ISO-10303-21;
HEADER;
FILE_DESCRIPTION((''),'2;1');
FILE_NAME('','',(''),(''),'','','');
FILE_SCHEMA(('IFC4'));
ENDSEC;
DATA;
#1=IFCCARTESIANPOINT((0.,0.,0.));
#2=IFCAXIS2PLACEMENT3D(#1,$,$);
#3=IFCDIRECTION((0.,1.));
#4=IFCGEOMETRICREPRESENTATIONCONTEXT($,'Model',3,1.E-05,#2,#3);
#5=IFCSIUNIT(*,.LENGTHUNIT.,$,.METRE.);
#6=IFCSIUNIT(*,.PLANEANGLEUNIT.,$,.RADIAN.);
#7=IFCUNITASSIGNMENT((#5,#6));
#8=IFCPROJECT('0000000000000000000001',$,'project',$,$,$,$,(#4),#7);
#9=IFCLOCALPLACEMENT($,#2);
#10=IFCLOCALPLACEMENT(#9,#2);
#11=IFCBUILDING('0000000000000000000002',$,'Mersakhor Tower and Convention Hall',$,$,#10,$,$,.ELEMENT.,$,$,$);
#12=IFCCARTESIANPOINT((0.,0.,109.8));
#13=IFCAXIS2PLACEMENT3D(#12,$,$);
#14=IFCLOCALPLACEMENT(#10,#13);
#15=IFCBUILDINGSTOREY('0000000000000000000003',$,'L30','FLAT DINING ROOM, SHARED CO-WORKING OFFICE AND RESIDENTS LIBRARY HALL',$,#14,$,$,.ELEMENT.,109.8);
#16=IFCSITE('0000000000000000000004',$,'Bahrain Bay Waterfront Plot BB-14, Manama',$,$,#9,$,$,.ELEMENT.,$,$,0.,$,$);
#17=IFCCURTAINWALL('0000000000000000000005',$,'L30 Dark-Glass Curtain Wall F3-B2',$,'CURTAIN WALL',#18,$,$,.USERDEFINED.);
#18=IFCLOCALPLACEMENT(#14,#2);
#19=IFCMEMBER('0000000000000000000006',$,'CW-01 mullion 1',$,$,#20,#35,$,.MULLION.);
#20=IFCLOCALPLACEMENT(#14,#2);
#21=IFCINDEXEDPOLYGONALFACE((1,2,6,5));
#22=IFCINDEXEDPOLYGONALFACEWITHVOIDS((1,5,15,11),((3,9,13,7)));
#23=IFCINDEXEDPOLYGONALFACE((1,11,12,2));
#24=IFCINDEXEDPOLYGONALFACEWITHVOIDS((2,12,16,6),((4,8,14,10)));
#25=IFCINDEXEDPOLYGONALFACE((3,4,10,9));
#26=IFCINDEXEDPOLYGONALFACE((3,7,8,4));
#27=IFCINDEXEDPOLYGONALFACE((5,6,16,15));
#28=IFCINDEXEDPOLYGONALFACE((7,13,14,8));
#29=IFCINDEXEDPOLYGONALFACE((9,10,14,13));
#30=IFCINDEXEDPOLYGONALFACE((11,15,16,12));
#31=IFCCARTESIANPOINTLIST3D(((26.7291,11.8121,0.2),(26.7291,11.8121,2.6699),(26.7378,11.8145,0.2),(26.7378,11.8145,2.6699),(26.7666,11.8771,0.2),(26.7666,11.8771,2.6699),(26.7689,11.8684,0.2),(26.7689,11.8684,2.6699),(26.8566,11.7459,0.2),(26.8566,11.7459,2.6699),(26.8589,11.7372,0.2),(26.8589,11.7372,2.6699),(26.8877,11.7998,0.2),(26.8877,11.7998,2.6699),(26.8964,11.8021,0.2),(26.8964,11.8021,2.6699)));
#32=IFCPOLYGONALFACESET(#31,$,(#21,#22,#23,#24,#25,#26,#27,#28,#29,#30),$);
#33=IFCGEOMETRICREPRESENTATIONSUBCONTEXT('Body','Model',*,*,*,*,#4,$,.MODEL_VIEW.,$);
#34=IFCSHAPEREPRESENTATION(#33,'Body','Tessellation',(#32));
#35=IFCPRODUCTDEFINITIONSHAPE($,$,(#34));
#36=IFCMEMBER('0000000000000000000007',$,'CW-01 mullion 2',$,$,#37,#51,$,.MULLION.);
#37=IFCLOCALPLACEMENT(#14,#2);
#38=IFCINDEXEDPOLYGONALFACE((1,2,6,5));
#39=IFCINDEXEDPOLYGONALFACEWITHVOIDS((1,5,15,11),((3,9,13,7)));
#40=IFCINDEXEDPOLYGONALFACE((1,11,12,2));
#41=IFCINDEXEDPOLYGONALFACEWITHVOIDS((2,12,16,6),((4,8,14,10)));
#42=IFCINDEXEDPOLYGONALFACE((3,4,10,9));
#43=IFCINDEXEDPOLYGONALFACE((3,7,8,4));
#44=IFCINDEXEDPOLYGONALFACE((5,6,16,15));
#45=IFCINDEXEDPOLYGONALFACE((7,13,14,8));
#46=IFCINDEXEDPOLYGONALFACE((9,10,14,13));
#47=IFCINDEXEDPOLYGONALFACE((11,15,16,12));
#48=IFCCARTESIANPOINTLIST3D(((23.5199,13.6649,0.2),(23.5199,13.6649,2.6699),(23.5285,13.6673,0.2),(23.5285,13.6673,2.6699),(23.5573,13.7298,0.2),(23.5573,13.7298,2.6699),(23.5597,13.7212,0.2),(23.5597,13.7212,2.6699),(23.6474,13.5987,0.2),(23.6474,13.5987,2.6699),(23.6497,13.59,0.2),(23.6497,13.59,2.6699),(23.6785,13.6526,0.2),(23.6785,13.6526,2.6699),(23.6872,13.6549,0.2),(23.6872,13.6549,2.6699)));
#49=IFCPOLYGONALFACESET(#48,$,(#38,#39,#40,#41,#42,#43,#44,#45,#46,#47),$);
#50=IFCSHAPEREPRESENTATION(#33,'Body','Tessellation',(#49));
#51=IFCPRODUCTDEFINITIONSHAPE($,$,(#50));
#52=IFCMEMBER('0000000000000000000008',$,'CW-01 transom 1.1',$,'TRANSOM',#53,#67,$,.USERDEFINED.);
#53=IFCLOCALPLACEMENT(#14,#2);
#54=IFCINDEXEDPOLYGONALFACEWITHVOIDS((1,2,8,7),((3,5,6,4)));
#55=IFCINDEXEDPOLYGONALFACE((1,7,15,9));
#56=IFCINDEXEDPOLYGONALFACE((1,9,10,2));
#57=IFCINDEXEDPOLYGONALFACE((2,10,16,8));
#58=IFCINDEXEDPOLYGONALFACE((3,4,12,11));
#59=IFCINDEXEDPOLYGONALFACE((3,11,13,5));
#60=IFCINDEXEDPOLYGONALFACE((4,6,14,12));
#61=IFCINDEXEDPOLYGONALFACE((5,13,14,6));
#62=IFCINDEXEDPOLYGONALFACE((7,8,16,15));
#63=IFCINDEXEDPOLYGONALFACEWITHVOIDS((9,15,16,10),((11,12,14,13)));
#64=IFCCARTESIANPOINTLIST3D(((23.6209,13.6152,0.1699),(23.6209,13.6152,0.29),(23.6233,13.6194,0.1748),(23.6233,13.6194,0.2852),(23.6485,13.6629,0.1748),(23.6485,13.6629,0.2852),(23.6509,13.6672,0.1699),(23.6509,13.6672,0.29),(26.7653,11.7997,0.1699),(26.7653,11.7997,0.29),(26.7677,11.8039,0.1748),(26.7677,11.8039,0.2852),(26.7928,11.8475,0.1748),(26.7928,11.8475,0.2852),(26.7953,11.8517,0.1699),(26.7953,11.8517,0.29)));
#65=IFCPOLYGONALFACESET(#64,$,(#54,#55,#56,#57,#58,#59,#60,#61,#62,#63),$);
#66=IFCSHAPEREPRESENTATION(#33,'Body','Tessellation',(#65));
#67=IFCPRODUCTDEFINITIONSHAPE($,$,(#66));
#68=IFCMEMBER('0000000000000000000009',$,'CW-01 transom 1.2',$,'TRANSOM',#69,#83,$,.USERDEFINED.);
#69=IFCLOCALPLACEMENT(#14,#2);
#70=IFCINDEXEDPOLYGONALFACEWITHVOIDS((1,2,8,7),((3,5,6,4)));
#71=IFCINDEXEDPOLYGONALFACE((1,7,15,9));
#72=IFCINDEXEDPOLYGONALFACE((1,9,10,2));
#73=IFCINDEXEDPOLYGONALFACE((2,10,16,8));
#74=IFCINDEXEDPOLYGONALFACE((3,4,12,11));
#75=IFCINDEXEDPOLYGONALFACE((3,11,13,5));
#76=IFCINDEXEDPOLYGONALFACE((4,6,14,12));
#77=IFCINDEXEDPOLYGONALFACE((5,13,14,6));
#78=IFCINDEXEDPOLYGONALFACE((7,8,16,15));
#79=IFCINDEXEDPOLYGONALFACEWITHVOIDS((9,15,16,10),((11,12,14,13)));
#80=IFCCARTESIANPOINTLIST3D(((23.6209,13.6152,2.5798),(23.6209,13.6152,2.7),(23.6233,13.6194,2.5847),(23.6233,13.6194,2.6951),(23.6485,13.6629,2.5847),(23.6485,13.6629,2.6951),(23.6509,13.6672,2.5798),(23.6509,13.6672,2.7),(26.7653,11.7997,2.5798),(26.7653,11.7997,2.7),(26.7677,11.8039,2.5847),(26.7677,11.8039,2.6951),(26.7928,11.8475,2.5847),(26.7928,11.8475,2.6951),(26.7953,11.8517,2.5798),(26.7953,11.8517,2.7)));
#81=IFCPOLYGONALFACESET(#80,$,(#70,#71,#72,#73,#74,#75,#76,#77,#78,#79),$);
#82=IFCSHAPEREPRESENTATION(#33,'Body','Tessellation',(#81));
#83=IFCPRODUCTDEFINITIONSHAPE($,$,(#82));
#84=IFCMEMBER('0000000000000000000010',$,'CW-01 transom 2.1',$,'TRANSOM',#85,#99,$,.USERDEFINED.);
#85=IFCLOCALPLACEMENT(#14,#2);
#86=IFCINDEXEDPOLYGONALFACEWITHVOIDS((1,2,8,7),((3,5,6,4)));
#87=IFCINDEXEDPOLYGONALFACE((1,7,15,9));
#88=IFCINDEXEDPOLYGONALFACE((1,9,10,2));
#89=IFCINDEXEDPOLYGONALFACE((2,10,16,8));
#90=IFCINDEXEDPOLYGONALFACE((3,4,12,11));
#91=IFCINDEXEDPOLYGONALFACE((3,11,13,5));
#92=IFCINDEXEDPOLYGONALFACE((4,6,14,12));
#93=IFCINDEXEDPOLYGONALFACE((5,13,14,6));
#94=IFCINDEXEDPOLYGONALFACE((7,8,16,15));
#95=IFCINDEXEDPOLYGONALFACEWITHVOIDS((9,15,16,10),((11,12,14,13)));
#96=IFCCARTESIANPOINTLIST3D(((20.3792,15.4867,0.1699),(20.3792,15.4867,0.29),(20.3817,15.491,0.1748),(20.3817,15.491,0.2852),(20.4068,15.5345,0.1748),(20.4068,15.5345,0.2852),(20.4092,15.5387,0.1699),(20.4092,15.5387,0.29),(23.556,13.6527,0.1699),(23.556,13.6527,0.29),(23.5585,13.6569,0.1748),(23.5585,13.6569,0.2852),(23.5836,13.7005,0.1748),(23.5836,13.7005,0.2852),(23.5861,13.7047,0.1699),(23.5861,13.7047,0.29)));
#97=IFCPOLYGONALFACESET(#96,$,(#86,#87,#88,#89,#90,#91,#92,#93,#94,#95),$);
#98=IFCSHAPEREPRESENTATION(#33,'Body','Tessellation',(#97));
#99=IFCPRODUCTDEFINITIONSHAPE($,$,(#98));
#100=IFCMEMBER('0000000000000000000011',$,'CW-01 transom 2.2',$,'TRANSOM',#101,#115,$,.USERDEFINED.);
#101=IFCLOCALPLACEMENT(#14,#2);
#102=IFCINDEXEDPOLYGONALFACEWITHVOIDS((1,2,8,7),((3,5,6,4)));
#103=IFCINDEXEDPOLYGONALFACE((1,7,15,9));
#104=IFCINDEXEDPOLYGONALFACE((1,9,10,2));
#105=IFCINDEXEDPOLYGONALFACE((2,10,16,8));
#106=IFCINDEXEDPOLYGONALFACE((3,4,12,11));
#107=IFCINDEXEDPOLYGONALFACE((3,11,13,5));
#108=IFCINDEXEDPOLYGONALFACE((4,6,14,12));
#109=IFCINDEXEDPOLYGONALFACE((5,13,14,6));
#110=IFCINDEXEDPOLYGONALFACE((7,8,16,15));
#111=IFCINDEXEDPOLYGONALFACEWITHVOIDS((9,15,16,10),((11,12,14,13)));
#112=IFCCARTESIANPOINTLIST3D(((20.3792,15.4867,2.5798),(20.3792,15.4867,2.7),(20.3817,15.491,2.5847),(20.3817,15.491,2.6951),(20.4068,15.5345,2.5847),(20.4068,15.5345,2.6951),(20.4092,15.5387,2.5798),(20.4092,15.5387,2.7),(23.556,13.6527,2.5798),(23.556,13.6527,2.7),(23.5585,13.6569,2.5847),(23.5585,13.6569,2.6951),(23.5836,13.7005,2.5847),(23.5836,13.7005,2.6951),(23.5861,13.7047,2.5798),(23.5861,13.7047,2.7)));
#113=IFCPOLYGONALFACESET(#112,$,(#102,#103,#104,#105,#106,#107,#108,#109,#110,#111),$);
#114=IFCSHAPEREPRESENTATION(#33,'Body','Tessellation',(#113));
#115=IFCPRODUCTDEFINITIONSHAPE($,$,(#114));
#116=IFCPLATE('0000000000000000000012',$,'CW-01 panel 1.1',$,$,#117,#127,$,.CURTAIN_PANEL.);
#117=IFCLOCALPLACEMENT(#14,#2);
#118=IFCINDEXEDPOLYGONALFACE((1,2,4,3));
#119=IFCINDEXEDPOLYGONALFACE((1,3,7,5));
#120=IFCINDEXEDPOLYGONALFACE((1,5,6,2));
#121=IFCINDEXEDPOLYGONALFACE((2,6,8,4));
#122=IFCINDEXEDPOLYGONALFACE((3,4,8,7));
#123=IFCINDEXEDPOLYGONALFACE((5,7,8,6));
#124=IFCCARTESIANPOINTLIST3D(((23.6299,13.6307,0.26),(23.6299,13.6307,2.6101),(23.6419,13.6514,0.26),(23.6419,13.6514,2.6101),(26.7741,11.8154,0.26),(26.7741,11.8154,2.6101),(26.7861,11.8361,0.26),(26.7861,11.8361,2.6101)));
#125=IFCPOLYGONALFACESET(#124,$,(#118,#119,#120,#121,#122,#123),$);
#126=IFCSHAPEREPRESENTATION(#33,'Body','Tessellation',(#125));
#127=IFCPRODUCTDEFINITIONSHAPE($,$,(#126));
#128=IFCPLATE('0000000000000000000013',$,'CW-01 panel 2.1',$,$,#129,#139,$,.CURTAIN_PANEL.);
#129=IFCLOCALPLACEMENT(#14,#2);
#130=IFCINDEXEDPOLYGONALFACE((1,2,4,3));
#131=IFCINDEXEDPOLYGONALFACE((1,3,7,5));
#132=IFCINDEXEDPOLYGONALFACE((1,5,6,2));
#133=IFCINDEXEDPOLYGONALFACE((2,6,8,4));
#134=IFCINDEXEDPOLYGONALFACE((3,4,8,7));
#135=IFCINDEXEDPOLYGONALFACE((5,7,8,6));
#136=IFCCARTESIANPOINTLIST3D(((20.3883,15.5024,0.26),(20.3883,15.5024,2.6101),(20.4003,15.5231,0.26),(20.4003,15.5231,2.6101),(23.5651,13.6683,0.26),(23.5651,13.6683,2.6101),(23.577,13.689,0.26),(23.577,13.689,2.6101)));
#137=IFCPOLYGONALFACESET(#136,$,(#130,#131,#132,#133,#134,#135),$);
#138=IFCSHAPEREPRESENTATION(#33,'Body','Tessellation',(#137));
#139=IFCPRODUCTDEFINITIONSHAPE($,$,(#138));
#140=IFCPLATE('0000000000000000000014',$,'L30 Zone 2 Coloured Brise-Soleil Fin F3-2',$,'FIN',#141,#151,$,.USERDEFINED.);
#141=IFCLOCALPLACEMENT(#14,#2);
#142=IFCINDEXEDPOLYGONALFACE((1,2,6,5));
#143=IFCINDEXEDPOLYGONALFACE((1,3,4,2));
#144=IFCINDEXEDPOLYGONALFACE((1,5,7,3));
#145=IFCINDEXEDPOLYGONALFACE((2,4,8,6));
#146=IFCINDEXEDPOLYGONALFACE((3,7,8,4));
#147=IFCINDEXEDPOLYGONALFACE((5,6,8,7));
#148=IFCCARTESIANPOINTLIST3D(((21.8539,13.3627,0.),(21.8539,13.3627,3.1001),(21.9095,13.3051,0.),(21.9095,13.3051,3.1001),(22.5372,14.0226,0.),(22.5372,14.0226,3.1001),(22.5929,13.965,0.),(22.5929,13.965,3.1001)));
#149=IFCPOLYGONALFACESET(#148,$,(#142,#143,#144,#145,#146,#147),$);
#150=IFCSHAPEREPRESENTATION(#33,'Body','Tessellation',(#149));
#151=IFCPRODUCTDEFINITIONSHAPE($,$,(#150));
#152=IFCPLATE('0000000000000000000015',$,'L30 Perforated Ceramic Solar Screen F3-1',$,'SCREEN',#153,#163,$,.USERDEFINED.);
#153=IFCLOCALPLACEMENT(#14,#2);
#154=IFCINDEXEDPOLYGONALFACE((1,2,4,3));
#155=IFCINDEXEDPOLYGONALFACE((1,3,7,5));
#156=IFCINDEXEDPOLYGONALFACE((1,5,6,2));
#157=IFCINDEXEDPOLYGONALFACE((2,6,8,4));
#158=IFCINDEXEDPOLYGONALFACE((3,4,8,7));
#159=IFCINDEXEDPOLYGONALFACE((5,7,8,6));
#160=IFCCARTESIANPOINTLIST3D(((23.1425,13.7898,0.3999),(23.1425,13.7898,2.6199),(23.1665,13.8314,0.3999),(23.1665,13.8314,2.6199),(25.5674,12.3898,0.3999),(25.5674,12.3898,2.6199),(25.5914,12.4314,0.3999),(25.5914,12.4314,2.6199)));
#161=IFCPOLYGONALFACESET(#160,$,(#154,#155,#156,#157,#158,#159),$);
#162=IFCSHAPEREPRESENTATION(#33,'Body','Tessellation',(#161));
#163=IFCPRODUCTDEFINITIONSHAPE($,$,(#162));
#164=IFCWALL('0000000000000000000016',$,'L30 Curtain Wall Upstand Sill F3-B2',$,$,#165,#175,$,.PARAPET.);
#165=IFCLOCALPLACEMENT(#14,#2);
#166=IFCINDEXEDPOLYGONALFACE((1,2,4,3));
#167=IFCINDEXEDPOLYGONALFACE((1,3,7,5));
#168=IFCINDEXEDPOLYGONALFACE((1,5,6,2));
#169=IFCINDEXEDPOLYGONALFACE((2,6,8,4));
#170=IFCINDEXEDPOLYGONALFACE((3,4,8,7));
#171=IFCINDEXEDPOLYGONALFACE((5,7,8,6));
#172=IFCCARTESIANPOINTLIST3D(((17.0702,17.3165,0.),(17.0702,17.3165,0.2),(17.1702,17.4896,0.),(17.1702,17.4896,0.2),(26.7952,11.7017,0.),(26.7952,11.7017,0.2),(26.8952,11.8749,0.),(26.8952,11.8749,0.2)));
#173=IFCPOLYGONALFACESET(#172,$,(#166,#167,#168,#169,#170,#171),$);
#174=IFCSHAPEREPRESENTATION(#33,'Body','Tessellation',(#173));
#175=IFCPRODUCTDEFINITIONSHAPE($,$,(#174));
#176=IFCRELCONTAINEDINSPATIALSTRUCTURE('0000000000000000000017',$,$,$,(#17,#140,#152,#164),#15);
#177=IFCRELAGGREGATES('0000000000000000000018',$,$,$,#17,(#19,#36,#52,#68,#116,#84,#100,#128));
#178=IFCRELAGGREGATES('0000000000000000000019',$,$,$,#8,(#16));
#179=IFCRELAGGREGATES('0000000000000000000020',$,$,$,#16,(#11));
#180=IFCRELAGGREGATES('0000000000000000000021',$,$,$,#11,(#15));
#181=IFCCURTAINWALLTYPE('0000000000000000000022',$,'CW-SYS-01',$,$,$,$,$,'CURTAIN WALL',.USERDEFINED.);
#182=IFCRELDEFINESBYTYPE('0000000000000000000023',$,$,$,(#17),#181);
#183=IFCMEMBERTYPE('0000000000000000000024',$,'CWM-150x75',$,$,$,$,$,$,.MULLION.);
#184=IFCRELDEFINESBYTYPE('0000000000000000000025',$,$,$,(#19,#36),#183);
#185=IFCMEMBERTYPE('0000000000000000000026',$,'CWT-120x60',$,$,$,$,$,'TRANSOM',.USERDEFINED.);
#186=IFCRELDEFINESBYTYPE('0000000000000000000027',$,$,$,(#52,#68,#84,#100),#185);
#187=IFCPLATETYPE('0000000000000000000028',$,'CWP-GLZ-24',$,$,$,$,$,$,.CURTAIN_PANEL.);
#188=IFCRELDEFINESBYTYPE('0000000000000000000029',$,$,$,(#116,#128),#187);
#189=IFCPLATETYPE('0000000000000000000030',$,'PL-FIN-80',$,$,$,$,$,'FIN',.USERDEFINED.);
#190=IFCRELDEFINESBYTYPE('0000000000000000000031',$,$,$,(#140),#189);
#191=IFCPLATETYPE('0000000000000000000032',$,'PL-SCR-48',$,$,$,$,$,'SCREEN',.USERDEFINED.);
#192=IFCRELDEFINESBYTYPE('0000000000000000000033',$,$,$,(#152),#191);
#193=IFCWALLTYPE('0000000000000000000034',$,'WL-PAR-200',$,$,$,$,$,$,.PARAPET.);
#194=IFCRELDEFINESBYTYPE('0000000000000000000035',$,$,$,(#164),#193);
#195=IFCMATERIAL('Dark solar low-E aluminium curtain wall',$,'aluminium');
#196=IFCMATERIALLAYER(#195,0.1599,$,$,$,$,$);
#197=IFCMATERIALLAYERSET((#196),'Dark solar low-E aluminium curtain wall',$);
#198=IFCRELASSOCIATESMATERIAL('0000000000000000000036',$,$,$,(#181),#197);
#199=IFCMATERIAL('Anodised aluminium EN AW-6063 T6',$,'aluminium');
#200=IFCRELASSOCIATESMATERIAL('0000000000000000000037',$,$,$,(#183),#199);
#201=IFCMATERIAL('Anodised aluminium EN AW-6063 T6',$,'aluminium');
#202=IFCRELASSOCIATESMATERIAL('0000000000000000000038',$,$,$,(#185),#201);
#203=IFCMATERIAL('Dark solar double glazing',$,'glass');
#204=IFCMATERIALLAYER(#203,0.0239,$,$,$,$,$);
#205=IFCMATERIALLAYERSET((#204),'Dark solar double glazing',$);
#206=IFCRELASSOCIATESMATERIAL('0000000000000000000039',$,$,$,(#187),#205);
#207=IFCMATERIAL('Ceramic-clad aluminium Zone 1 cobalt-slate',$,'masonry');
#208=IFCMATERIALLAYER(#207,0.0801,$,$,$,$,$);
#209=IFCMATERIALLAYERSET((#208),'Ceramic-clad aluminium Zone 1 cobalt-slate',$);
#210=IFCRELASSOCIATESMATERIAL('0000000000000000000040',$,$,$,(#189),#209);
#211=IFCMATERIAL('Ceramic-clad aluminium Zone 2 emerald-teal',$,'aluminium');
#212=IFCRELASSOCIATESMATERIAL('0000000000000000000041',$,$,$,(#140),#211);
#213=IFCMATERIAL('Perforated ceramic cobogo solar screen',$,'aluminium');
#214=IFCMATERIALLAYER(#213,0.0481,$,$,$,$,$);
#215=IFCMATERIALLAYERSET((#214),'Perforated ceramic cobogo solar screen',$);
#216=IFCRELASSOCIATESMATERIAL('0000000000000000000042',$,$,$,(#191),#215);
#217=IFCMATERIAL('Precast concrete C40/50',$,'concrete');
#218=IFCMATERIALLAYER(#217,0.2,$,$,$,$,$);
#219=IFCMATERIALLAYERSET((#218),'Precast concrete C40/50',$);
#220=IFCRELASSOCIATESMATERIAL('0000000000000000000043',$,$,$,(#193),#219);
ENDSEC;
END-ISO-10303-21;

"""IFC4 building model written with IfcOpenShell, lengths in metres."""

from ifc_helpers import new_model, si_unit, direction, frame, frame_2d, origin, origin_2d, place, context, subcontext, project, spatial, rectangle, hollow_rectangle, extrude, material, layer, layer_set, material_profile, profile_set, type_object, element, aggregate, save


model = new_model("IFC4")

# Units and contexts
model_context = context("Model", 3, precision=1e-05, world=origin(), true_north=direction((0.0, 1.0)))
body_context = subcontext(model_context, "Body", "Model", "MODEL_VIEW")
ifc_project = project(units=[si_unit("LENGTHUNIT", "METRE"), si_unit("PLANEANGLEUNIT", "RADIAN")], contexts=[model_context])

# Site, building, storey
site_placement = place(None, origin())
site = spatial("IfcSite", under=ifc_project, at=site_placement, Name="Bahrain Bay Waterfront Plot BB-14, Manama", CompositionType="ELEMENT", RefElevation=0.0)
building_placement = place(site_placement, origin())
building = spatial("IfcBuilding", under=site, at=building_placement, Name="Mersakhor Tower and Convention Hall", CompositionType="ELEMENT")
storey_placement = place(building_placement, frame((0.0, 0.0, 109.8)))
storey = spatial("IfcBuildingStorey", under=building, at=storey_placement, Name="L30", Description="FLAT DINING ROOM, SHARED CO-WORKING OFFICE AND RESIDENTS LIBRARY HALL", CompositionType="ELEMENT", Elevation=109.8)

# Curtain wall, members, plates
ifc_material_1 = material(Name="Dark solar low-E aluminium curtain wall", Category="aluminium")
ifc_layer_1 = layer(ifc_material_1, 0.1599)
ifc_layer_set_1 = layer_set([ifc_layer_1], Name="Dark solar low-E aluminium curtain wall")
curtain_wall_type = type_object("IfcCurtainWallType", Name="CW-SYS-01", ElementType="CURTAIN WALL", PredefinedType="USERDEFINED", material=ifc_layer_set_1)
curtain_wall_placement = place(storey_placement, origin())
curtain_wall = element("IfcCurtainWall", 1, at=curtain_wall_placement, inside=storey, type_object=curtain_wall_type, Name="L30 Dark-Glass Curtain Wall F3-B2", ObjectType="CURTAIN WALL", PredefinedType="USERDEFINED")
ifc_material_2 = material(Name="Anodised aluminium EN AW-6063 T6", Category="aluminium")
ifc_material_profile_1 = material_profile(ifc_material_2, hollow_rectangle(XDim=0.075, YDim=0.1499, WallThickness=0.0063, at=origin_2d()), Name="RHS 150x75x6.3")
ifc_profile_set_1 = profile_set([ifc_material_profile_1], Name="Anodised aluminium EN AW-6063 T6")
member_type_1 = type_object("IfcMemberType", Name="CWM-150x75", PredefinedType="MULLION", material=ifc_profile_set_1)
member_1_placement = place(storey_placement, frame((26.8127, 11.8071, 0.2), z_axis=(0.0, 0.0, 1.0), x_axis=(-0.499998, -0.866027, 0.0)))
member_1 = element("IfcMember", 2, at=member_1_placement, type_object=member_type_1, Name="CW-01 mullion 1", PredefinedType="MULLION", context=body_context, shape_type="SweptSolid", body=[
    extrude(hollow_rectangle(XDim=0.075, YDim=0.1499, WallThickness=0.0063, at=origin_2d()), origin(), (0.0, 0.0, 1.0), 2.47),
])
member_2_placement = place(storey_placement, frame((23.6035, 13.6599, 0.2), z_axis=(0.0, 0.0, 1.0), x_axis=(-0.499998, -0.866027, 0.0)))
member_2 = element("IfcMember", 3, at=member_2_placement, type_object=member_type_1, Name="CW-01 mullion 2", PredefinedType="MULLION", context=body_context, shape_type="SweptSolid", body=[
    extrude(hollow_rectangle(XDim=0.075, YDim=0.1499, WallThickness=0.0063, at=origin_2d()), origin(), (0.0, 0.0, 1.0), 2.47),
])
ifc_material_3 = material(Name="Anodised aluminium EN AW-6063 T6", Category="aluminium")
ifc_material_profile_2 = material_profile(ifc_material_3, hollow_rectangle(XDim=0.0601, YDim=0.1201, WallThickness=0.0049, at=origin_2d()), Name="RHS 120x60x5")
ifc_profile_set_2 = profile_set([ifc_material_profile_2], Name="Anodised aluminium EN AW-6063 T6")
member_type_2 = type_object("IfcMemberType", Name="CWT-120x60", ElementType="TRANSOM", PredefinedType="USERDEFINED", material=ifc_profile_set_2)
member_3_placement = place(storey_placement, frame((26.7803, 11.8257, 0.23), z_axis=(-0.866016, 0.500015, 0.0), x_axis=(-0.500015, -0.866016, 0.0)))
member_3 = element("IfcMember", 4, at=member_3_placement, type_object=member_type_2, Name="CW-01 transom 1.1", ObjectType="TRANSOM", PredefinedType="USERDEFINED", context=body_context, shape_type="SweptSolid", body=[
    extrude(hollow_rectangle(XDim=0.0601, YDim=0.1201, WallThickness=0.0049, at=origin_2d()), origin(), (0.0, 0.0, 1.0), 3.6309),
])
member_4_placement = place(storey_placement, frame((26.7803, 11.8257, 2.6399), z_axis=(-0.866016, 0.500015, 0.0), x_axis=(-0.500015, -0.866016, 0.0)))
member_4 = element("IfcMember", 5, at=member_4_placement, type_object=member_type_2, Name="CW-01 transom 1.2", ObjectType="TRANSOM", PredefinedType="USERDEFINED", context=body_context, shape_type="SweptSolid", body=[
    extrude(hollow_rectangle(XDim=0.0601, YDim=0.1201, WallThickness=0.0049, at=origin_2d()), origin(), (0.0, 0.0, 1.0), 3.6309),
])
member_5_placement = place(storey_placement, frame((23.571, 13.6787, 0.23), z_axis=(-0.866039, 0.499976, 0.0), x_axis=(-0.499976, -0.866039, 0.0)))
member_5 = element("IfcMember", 6, at=member_5_placement, type_object=member_type_2, Name="CW-01 transom 2.1", ObjectType="TRANSOM", PredefinedType="USERDEFINED", context=body_context, shape_type="SweptSolid", body=[
    extrude(hollow_rectangle(XDim=0.0601, YDim=0.1201, WallThickness=0.0049, at=origin_2d()), origin(), (0.0, 0.0, 1.0), 3.6682),
])
member_6_placement = place(storey_placement, frame((23.571, 13.6787, 2.6399), z_axis=(-0.866039, 0.499976, 0.0), x_axis=(-0.499976, -0.866039, 0.0)))
member_6 = element("IfcMember", 7, at=member_6_placement, type_object=member_type_2, Name="CW-01 transom 2.2", ObjectType="TRANSOM", PredefinedType="USERDEFINED", context=body_context, shape_type="SweptSolid", body=[
    extrude(hollow_rectangle(XDim=0.0601, YDim=0.1201, WallThickness=0.0049, at=origin_2d()), origin(), (0.0, 0.0, 1.0), 3.6682),
])
ifc_material_4 = material(Name="Dark solar double glazing", Category="glass")
ifc_layer_2 = layer(ifc_material_4, 0.0239)
ifc_layer_set_2 = layer_set([ifc_layer_2], Name="Dark solar double glazing")
plate_type_1 = type_object("IfcPlateType", Name="CWP-GLZ-24", PredefinedType="CURTAIN_PANEL", material=ifc_layer_set_2)
plate_1_placement = place(storey_placement, frame((25.208, 12.7334, 0.26), z_axis=(0.0, 0.0, 1.0), x_axis=(-0.866027, 0.499998, 0.0)))
plate_1 = element("IfcPlate", 8, at=plate_1_placement, type_object=plate_type_1, Name="CW-01 panel 1.1", PredefinedType="CURTAIN_PANEL", context=body_context, shape_type="SweptSolid", body=[
    extrude(rectangle(XDim=3.6306, YDim=0.0239, at=origin_2d()), origin(), (0.0, 0.0, 1.0), 2.3501),
])
plate_2_placement = place(storey_placement, frame((21.9827, 14.5957, 0.26), z_axis=(0.0, 0.0, 1.0), x_axis=(-0.866027, 0.499998, 0.0)))
plate_2 = element("IfcPlate", 9, at=plate_2_placement, type_object=plate_type_1, Name="CW-01 panel 2.1", PredefinedType="CURTAIN_PANEL", context=body_context, shape_type="SweptSolid", body=[
    extrude(rectangle(XDim=3.6682, YDim=0.0239, at=origin_2d()), origin(), (0.0, 0.0, 1.0), 2.3501),
])
aggregate(curtain_wall, [member_1, member_2, member_3, member_4, plate_1, member_5, member_6, plate_2])

# Plates
ifc_material_5 = material(Name="Ceramic-clad aluminium Zone 2 emerald-teal", Category="aluminium")
ifc_material_6 = material(Name="Ceramic-clad aluminium Zone 1 cobalt-slate", Category="masonry")
ifc_layer_3 = layer(ifc_material_6, 0.0801)
ifc_layer_set_3 = layer_set([ifc_layer_3], Name="Ceramic-clad aluminium Zone 1 cobalt-slate")
plate_type_2 = type_object("IfcPlateType", Name="PL-FIN-80", ElementType="FIN", PredefinedType="USERDEFINED", material=ifc_layer_set_3)
plate_3_placement = place(storey_placement, frame((22.2234, 13.6638, 0.0), z_axis=(0.0, 0.0, 1.0), x_axis=(-0.71934, -0.694658, 0.0)))
element("IfcPlate", 10, at=plate_3_placement, inside=storey, type_object=plate_type_2, material=ifc_material_5, Name="L30 Zone 2 Coloured Brise-Soleil Fin F3-2", ObjectType="FIN", PredefinedType="USERDEFINED", context=body_context, shape_type="SweptSolid", body=[
    extrude(rectangle(XDim=0.95, YDim=0.0801, at=origin_2d()), origin(), (0.0, 0.0, 1.0), 3.1001),
])
ifc_material_7 = material(Name="Perforated ceramic cobogo solar screen", Category="aluminium")
ifc_layer_4 = layer(ifc_material_7, 0.0481)
ifc_layer_set_4 = layer_set([ifc_layer_4], Name="Perforated ceramic cobogo solar screen")
plate_type_3 = type_object("IfcPlateType", Name="PL-SCR-48", ElementType="SCREEN", PredefinedType="USERDEFINED", material=ifc_layer_set_4)
plate_4_placement = place(storey_placement, frame((24.3669, 13.1106, 0.3999), z_axis=(0.0, 0.0, 1.0), x_axis=(-0.866025, 0.5, 0.0)))
element("IfcPlate", 11, at=plate_4_placement, inside=storey, type_object=plate_type_3, Name="L30 Perforated Ceramic Solar Screen F3-1", ObjectType="SCREEN", PredefinedType="USERDEFINED", context=body_context, shape_type="SweptSolid", body=[
    extrude(rectangle(XDim=2.8, YDim=0.0481, at=origin_2d()), origin(), (0.0, 0.0, 1.0), 2.22),
])

# Wall
ifc_material_8 = material(Name="Precast concrete C40/50", Category="concrete")
ifc_layer_5 = layer(ifc_material_8, 0.2)
ifc_layer_set_5 = layer_set([ifc_layer_5], Name="Precast concrete C40/50")
wall_type_1 = type_object("IfcWallType", Name="WL-PAR-200", PredefinedType="PARAPET", material=ifc_layer_set_5)
wall_1_placement = place(storey_placement, frame((26.8452, 11.7883, 0.0), z_axis=(0.0, 0.0, 1.0), x_axis=(-0.866027, 0.499997, 0.0)))
element("IfcWall", 12, at=wall_1_placement, inside=storey, type_object=wall_type_1, Name="L30 Curtain Wall Upstand Sill F3-B2", PredefinedType="PARAPET", context=body_context, shape_type="SweptSolid", body=[
    extrude(rectangle(XDim=11.2295, YDim=0.2, at=frame_2d((5.6147, 0.0))), origin(), (0.0, 0.0, 1.0), 0.2),
])

save(model, "model.ifc")
